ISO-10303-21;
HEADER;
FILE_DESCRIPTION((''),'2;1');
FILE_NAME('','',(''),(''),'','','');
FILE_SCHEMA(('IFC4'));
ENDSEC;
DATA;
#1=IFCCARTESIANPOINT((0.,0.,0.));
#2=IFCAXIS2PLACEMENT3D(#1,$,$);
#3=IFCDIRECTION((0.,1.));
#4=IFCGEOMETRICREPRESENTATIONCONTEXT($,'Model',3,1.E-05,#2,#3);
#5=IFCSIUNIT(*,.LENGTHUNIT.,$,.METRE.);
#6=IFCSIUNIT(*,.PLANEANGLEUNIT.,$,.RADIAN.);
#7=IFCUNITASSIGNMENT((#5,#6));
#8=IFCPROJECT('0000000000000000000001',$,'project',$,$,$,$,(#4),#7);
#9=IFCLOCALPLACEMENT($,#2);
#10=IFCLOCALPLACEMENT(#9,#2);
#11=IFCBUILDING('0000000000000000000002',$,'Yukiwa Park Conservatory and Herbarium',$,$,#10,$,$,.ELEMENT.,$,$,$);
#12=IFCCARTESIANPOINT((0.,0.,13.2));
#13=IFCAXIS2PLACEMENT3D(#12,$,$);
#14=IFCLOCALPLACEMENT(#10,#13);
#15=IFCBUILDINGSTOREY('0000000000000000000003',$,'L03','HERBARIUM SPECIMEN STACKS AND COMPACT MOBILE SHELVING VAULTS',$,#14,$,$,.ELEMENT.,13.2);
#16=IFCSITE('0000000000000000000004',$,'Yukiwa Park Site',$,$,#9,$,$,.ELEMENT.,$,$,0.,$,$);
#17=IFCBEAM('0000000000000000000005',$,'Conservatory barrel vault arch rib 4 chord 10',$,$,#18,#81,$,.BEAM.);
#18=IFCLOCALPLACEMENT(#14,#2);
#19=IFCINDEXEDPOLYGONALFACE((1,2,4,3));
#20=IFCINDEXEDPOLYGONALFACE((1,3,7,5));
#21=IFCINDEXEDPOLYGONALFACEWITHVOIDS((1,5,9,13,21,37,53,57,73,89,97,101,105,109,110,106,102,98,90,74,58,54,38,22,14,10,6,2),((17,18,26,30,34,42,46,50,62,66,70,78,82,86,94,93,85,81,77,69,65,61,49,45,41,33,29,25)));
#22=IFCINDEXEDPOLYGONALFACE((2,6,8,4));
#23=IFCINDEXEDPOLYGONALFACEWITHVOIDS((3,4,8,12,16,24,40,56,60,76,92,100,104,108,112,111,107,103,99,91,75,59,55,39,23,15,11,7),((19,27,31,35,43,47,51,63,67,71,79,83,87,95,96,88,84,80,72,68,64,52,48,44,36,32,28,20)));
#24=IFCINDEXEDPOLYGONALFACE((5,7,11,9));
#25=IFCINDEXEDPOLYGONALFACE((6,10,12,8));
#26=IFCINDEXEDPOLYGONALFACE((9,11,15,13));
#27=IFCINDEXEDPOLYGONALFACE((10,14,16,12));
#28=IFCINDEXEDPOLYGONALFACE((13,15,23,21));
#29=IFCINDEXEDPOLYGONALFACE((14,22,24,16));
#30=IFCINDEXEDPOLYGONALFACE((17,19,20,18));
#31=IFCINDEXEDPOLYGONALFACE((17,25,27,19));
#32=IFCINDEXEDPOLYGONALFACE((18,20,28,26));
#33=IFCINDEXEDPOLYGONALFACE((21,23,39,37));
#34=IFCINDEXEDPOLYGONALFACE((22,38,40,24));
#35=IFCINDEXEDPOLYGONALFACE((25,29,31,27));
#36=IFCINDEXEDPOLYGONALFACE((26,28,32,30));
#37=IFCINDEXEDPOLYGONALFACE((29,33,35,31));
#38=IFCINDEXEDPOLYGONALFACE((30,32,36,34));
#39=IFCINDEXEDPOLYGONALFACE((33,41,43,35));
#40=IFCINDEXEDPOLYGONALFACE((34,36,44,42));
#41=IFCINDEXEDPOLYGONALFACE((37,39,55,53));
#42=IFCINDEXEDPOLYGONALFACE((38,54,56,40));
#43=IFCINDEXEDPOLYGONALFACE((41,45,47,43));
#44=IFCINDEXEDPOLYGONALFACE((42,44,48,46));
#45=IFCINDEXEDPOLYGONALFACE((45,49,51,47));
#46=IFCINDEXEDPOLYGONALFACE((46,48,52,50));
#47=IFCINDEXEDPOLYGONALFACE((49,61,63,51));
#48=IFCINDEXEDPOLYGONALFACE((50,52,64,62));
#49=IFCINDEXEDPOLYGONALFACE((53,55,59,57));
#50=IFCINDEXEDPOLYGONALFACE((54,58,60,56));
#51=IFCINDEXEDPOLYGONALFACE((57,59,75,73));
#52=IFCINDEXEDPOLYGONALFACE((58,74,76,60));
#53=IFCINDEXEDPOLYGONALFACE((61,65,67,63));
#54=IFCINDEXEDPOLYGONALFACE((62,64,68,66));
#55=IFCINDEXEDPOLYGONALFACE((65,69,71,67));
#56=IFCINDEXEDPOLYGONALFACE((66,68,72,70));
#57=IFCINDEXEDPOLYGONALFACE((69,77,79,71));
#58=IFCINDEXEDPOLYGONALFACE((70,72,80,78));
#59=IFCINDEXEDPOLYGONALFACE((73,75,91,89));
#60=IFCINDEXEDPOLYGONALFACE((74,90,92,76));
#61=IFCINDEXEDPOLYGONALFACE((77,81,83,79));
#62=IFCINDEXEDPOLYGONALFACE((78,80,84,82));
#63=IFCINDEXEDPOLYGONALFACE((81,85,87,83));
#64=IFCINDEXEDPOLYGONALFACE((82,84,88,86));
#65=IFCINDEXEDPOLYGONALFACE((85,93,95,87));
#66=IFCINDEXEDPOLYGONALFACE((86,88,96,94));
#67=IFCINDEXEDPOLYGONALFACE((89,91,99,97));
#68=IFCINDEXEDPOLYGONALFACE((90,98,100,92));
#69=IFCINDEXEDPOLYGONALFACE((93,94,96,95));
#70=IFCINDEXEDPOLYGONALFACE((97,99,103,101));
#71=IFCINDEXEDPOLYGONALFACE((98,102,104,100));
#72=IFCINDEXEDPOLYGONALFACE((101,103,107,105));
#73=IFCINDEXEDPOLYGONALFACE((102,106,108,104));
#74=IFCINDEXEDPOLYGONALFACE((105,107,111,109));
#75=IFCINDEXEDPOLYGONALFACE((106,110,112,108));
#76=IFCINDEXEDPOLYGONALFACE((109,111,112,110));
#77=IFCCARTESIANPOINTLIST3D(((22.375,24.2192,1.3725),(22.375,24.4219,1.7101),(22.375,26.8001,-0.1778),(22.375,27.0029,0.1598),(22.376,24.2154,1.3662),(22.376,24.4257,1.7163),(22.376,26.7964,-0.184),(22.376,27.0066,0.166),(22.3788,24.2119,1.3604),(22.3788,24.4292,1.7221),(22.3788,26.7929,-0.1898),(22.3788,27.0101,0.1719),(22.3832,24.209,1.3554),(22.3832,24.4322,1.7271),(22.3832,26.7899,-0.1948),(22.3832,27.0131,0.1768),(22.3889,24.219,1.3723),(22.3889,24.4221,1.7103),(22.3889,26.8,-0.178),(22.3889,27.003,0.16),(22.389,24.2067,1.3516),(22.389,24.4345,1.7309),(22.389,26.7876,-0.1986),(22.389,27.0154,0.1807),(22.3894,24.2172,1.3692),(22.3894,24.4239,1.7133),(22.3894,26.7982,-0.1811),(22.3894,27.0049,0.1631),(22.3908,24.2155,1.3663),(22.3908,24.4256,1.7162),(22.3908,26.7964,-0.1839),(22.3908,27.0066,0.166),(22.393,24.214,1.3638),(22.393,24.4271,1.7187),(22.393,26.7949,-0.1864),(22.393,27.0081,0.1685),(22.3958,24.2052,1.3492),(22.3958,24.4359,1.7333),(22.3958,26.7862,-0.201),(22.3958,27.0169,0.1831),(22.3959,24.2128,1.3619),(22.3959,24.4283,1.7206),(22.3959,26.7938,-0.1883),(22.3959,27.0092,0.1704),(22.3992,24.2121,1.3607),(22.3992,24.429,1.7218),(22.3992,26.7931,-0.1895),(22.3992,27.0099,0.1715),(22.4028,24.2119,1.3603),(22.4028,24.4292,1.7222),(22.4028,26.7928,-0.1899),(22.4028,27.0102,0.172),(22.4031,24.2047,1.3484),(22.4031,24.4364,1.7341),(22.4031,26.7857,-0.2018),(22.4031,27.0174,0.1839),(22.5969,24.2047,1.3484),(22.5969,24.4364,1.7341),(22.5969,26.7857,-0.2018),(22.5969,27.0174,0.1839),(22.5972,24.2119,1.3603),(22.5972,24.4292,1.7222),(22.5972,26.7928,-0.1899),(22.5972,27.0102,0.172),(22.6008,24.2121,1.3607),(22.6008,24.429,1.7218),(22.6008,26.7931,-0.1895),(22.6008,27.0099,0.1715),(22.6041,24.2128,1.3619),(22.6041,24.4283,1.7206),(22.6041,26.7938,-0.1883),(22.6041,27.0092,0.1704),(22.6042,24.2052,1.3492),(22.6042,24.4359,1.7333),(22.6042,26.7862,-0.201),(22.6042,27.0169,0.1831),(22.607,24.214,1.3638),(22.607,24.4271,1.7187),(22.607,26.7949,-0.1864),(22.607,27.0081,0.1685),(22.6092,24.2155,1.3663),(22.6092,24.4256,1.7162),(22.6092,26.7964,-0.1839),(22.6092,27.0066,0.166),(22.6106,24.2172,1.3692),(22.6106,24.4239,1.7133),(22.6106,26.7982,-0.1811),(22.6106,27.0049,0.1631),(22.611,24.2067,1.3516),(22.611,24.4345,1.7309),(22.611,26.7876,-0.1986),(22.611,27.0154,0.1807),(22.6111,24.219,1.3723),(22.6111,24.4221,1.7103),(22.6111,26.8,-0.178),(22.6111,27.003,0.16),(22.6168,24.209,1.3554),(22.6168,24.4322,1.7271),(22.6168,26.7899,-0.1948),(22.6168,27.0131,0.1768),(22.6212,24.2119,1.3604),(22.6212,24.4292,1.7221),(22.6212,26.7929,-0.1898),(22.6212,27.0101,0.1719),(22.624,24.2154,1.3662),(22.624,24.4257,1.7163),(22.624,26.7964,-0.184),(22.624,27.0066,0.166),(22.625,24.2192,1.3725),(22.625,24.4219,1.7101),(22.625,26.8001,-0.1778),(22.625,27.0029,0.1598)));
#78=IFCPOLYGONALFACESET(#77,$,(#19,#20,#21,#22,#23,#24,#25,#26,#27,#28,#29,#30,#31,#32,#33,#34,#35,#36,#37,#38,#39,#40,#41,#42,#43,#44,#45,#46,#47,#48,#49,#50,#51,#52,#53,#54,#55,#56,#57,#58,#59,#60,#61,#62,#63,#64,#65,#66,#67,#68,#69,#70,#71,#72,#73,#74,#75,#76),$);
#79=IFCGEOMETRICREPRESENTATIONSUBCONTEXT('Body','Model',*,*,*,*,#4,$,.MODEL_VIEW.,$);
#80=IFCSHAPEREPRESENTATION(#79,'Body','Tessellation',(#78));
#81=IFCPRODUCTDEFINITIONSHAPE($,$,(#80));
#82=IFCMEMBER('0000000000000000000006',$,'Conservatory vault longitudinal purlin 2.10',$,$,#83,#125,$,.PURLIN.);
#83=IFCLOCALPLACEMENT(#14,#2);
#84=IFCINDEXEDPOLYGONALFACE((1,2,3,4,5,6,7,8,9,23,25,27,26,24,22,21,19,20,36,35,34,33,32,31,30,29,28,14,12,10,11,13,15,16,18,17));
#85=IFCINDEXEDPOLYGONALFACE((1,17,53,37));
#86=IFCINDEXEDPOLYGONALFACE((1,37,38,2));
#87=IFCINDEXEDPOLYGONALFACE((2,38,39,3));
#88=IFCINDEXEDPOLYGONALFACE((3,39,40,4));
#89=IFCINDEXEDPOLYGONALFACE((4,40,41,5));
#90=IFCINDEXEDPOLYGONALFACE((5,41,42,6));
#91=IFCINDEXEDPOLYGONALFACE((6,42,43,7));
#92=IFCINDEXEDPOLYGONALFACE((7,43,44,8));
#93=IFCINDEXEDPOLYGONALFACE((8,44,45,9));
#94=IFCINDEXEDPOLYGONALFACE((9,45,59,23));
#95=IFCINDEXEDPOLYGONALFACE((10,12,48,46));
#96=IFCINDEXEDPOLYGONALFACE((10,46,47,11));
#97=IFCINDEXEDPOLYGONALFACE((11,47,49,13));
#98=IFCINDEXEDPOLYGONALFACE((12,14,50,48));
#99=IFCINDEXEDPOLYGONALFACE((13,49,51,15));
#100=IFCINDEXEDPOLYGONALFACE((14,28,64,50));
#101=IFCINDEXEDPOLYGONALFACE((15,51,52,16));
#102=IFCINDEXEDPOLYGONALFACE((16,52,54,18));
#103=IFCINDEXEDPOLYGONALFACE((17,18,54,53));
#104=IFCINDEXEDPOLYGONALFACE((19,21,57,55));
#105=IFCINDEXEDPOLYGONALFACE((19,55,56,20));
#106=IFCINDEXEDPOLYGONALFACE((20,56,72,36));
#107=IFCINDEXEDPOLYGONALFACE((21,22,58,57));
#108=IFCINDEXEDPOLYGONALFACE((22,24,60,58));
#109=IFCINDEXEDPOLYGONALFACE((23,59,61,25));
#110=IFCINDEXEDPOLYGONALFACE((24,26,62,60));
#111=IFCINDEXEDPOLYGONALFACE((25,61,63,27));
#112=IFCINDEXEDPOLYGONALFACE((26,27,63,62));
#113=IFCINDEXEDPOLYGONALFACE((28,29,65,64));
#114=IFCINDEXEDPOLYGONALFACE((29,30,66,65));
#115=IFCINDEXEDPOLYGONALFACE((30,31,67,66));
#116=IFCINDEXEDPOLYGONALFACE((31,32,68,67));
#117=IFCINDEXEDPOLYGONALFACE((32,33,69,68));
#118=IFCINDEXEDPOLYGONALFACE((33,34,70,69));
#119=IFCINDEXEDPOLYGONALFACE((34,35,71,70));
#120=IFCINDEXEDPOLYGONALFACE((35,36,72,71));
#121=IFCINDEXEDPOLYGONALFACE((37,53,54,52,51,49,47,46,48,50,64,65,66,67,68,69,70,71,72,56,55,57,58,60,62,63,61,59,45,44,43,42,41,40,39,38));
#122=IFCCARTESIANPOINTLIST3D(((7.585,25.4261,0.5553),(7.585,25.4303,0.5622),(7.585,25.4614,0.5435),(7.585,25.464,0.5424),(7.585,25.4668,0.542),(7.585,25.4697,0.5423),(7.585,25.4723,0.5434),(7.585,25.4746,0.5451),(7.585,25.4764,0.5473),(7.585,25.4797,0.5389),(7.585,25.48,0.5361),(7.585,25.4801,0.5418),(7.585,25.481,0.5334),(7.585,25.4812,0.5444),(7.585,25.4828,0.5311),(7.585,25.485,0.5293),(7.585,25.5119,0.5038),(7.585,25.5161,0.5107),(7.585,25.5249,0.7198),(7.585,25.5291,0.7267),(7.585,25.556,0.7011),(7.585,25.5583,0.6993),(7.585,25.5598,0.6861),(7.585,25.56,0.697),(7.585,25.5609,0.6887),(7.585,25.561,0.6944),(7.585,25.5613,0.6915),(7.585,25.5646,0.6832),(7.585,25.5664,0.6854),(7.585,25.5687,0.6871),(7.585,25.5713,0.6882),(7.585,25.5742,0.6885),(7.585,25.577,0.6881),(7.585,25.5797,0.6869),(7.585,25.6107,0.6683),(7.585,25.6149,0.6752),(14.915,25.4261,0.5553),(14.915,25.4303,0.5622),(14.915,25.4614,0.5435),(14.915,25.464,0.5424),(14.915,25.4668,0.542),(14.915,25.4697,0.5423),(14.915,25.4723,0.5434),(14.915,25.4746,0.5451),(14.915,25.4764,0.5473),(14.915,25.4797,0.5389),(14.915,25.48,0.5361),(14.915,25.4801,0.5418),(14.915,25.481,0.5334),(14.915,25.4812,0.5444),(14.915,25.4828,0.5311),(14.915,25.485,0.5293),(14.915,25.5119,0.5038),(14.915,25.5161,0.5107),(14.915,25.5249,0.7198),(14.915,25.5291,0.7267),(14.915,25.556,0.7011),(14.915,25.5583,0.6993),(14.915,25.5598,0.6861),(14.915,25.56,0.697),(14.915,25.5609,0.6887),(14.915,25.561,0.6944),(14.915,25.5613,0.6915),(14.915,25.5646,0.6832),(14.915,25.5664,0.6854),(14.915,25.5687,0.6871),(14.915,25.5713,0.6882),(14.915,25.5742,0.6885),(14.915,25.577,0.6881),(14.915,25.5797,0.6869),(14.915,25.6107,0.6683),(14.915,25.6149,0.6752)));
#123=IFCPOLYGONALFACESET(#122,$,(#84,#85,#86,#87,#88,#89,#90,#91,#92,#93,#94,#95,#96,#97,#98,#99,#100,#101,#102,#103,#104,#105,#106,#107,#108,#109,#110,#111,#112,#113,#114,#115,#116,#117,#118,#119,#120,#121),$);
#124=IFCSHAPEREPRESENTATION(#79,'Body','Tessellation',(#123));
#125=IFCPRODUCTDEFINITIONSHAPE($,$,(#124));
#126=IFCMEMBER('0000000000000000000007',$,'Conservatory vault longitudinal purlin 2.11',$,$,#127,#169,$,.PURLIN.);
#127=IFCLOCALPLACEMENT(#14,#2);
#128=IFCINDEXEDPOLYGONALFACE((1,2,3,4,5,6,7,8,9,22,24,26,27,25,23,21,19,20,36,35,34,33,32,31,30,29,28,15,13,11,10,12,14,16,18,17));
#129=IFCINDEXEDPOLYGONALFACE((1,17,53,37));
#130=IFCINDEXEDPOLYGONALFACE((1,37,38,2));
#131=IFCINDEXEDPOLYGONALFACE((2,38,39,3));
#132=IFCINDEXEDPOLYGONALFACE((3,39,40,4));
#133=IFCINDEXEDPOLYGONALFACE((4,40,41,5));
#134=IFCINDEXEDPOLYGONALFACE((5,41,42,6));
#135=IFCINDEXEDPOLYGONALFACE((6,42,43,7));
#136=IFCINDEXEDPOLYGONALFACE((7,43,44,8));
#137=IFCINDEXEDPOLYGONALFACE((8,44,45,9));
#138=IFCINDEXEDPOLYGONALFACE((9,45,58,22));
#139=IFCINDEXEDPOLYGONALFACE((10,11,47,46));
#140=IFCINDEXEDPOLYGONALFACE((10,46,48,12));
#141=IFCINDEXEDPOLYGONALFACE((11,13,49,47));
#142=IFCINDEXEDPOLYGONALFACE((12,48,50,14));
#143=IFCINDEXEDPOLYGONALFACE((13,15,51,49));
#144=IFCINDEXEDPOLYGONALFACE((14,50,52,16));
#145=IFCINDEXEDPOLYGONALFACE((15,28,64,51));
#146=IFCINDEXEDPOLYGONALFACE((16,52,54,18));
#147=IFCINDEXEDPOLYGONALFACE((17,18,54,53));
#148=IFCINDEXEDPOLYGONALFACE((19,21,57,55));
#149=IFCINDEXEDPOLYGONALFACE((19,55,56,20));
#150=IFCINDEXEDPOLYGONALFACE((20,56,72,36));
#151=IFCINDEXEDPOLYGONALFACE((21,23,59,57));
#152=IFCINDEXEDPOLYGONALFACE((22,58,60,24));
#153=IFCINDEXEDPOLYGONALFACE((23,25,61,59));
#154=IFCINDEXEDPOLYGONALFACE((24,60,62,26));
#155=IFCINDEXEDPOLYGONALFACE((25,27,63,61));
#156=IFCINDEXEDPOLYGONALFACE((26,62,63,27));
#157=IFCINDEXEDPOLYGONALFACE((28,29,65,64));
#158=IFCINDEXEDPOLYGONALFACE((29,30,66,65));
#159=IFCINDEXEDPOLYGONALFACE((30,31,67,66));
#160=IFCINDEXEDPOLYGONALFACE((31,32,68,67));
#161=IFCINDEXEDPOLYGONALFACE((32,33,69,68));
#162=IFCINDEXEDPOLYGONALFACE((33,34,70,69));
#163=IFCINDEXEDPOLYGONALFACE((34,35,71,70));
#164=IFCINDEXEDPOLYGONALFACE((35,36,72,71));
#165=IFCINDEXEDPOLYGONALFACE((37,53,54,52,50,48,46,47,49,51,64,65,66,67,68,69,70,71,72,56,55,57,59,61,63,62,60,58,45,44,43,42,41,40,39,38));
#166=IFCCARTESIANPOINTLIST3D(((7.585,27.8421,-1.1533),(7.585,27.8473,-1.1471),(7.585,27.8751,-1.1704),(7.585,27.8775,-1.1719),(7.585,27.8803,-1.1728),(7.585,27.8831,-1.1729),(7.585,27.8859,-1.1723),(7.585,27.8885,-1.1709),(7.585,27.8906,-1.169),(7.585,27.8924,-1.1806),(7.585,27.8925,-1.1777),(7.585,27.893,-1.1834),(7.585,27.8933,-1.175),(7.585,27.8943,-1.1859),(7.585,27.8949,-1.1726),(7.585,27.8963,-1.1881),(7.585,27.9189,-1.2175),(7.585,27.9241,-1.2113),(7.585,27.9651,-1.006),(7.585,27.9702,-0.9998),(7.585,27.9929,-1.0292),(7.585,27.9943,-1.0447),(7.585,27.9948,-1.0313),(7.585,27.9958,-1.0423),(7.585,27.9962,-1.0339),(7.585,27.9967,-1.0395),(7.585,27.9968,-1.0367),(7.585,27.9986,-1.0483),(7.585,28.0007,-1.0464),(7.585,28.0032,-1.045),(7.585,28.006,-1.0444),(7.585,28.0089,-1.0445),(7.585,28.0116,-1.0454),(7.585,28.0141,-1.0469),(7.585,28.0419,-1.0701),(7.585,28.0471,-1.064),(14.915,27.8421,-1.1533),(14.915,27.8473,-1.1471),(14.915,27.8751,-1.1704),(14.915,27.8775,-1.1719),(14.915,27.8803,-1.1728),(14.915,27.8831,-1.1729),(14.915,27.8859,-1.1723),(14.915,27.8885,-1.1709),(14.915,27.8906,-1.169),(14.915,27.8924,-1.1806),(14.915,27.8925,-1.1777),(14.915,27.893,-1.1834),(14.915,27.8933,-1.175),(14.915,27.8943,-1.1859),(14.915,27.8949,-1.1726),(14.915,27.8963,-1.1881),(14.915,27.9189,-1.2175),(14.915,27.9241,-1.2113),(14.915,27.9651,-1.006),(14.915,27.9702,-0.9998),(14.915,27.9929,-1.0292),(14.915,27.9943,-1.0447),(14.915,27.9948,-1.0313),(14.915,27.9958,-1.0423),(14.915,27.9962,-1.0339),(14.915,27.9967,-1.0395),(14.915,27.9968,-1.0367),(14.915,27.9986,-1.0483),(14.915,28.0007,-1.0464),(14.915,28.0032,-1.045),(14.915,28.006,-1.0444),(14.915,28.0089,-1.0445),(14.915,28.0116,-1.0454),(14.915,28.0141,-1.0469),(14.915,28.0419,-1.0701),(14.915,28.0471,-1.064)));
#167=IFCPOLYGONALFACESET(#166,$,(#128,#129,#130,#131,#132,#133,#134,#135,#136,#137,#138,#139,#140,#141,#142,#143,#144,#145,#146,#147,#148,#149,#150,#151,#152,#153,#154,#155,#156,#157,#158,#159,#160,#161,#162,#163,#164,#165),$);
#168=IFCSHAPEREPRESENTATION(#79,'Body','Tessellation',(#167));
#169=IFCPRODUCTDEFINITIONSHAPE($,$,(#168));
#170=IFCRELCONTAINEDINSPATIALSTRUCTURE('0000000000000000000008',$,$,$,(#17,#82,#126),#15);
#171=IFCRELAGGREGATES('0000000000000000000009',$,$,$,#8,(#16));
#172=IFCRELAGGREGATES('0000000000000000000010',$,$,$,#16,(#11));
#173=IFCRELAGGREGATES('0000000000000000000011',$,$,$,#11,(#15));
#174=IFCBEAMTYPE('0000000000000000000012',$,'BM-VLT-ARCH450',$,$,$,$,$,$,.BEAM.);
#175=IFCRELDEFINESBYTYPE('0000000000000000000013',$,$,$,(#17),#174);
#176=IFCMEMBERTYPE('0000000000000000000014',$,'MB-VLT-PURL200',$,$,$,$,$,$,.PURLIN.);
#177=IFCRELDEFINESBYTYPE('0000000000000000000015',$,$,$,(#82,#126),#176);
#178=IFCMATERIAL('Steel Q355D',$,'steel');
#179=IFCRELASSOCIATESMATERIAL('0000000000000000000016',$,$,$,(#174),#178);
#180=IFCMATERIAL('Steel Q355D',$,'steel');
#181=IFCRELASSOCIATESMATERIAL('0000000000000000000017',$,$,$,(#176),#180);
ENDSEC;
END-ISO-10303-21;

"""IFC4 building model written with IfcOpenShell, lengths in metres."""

from ifc_helpers import new_model, si_unit, direction, frame, origin, origin_2d, place, context, subcontext, project, spatial, hollow_rectangle, i_section, extrude, material, material_profile, profile_set, type_object, element, save


model = new_model("IFC4")

# Units and contexts
model_context = context("Model", 3, precision=1e-05, world=origin(), true_north=direction((0.0, 1.0)))
body_context = subcontext(model_context, "Body", "Model", "MODEL_VIEW")
ifc_project = project(units=[si_unit("LENGTHUNIT", "METRE"), si_unit("PLANEANGLEUNIT", "RADIAN")], contexts=[model_context])

# Site, building, storey
site_placement = place(None, origin())
site = spatial("IfcSite", under=ifc_project, at=site_placement, Name="Yukiwa Park Site", CompositionType="ELEMENT", RefElevation=0.0)
building_placement = place(site_placement, origin())
building = spatial("IfcBuilding", under=site, at=building_placement, Name="Yukiwa Park Conservatory and Herbarium", CompositionType="ELEMENT")
storey_placement = place(building_placement, frame((0.0, 0.0, 13.2)))
storey = spatial("IfcBuildingStorey", under=building, at=storey_placement, Name="L03", Description="HERBARIUM SPECIMEN STACKS AND COMPACT MOBILE SHELVING VAULTS", CompositionType="ELEMENT", Elevation=13.2)

# Beam
ifc_material_1 = material(Name="Steel Q355D", Category="steel")
ifc_material_profile_1 = material_profile(ifc_material_1, hollow_rectangle(XDim=0.25, YDim=0.45, WallThickness=0.0139, InnerFilletRadius=0.0139, OuterFilletRadius=0.0281, at=origin_2d()), Name="RHS 450x250x14")
ifc_profile_set_1 = profile_set([ifc_material_profile_1], Name="Steel Q355D")
beam_type = type_object("IfcBeamType", Name="BM-VLT-ARCH450", PredefinedType="BEAM", material=ifc_profile_set_1)
for number, where, z_axis, x_axis, name in (
    (1, (22.5, 24.3206, 1.5413), (0.0, 0.85725, -0.514901), (-1.0, 0.0, 0.0), "Conservatory barrel vault arch rib 4 chord 10"),
):
    element("IfcBeam", number, at=place(storey_placement, frame(where, z_axis=z_axis, x_axis=x_axis)), inside=storey, type_object=beam_type, Name=name, PredefinedType="BEAM", context=body_context, shape_type="SweptSolid", body=[
        extrude(hollow_rectangle(XDim=0.25, YDim=0.45, WallThickness=0.0139, InnerFilletRadius=0.0139, OuterFilletRadius=0.0281, at=origin_2d()), origin(), (0.0, 0.0, 1.0), 3.0107),
    ])

# Members
ifc_material_2 = material(Name="Steel Q355D", Category="steel")
ifc_material_profile_2 = material_profile(ifc_material_2, i_section(OverallWidth=0.1001, OverallDepth=0.2, WebThickness=0.0056, FlangeThickness=0.0081, FilletRadius=0.011, at=origin_2d()), Name="HN 200x100x5.5x8")
ifc_profile_set_2 = profile_set([ifc_material_profile_2], Name="Steel Q355D")
member_type_1 = type_object("IfcMemberType", Name="MB-VLT-PURL200", PredefinedType="PURLIN", material=ifc_profile_set_2)
for number, where, z_axis, x_axis, name in (
    (2, (7.585, 25.5205, 0.6152), (1.0, 0.0, 0.0), (0.0, 0.857234, -0.514927), "Conservatory vault longitudinal purlin 2.10"),
    (3, (7.585, 27.9446, -1.1086), (1.0, 0.0, 0.0), (0.0, 0.767751, -0.640748), "Conservatory vault longitudinal purlin 2.11"),
):
    element("IfcMember", number, at=place(storey_placement, frame(where, z_axis=z_axis, x_axis=x_axis)), inside=storey, type_object=member_type_1, Name=name, PredefinedType="PURLIN", context=body_context, shape_type="SweptSolid", body=[
        extrude(i_section(OverallWidth=0.1001, OverallDepth=0.2, WebThickness=0.0056, FlangeThickness=0.0081, FilletRadius=0.011, at=origin_2d()), origin(), (0.0, 0.0, 1.0), 7.3301),
    ])

save(model, "model.ifc")
